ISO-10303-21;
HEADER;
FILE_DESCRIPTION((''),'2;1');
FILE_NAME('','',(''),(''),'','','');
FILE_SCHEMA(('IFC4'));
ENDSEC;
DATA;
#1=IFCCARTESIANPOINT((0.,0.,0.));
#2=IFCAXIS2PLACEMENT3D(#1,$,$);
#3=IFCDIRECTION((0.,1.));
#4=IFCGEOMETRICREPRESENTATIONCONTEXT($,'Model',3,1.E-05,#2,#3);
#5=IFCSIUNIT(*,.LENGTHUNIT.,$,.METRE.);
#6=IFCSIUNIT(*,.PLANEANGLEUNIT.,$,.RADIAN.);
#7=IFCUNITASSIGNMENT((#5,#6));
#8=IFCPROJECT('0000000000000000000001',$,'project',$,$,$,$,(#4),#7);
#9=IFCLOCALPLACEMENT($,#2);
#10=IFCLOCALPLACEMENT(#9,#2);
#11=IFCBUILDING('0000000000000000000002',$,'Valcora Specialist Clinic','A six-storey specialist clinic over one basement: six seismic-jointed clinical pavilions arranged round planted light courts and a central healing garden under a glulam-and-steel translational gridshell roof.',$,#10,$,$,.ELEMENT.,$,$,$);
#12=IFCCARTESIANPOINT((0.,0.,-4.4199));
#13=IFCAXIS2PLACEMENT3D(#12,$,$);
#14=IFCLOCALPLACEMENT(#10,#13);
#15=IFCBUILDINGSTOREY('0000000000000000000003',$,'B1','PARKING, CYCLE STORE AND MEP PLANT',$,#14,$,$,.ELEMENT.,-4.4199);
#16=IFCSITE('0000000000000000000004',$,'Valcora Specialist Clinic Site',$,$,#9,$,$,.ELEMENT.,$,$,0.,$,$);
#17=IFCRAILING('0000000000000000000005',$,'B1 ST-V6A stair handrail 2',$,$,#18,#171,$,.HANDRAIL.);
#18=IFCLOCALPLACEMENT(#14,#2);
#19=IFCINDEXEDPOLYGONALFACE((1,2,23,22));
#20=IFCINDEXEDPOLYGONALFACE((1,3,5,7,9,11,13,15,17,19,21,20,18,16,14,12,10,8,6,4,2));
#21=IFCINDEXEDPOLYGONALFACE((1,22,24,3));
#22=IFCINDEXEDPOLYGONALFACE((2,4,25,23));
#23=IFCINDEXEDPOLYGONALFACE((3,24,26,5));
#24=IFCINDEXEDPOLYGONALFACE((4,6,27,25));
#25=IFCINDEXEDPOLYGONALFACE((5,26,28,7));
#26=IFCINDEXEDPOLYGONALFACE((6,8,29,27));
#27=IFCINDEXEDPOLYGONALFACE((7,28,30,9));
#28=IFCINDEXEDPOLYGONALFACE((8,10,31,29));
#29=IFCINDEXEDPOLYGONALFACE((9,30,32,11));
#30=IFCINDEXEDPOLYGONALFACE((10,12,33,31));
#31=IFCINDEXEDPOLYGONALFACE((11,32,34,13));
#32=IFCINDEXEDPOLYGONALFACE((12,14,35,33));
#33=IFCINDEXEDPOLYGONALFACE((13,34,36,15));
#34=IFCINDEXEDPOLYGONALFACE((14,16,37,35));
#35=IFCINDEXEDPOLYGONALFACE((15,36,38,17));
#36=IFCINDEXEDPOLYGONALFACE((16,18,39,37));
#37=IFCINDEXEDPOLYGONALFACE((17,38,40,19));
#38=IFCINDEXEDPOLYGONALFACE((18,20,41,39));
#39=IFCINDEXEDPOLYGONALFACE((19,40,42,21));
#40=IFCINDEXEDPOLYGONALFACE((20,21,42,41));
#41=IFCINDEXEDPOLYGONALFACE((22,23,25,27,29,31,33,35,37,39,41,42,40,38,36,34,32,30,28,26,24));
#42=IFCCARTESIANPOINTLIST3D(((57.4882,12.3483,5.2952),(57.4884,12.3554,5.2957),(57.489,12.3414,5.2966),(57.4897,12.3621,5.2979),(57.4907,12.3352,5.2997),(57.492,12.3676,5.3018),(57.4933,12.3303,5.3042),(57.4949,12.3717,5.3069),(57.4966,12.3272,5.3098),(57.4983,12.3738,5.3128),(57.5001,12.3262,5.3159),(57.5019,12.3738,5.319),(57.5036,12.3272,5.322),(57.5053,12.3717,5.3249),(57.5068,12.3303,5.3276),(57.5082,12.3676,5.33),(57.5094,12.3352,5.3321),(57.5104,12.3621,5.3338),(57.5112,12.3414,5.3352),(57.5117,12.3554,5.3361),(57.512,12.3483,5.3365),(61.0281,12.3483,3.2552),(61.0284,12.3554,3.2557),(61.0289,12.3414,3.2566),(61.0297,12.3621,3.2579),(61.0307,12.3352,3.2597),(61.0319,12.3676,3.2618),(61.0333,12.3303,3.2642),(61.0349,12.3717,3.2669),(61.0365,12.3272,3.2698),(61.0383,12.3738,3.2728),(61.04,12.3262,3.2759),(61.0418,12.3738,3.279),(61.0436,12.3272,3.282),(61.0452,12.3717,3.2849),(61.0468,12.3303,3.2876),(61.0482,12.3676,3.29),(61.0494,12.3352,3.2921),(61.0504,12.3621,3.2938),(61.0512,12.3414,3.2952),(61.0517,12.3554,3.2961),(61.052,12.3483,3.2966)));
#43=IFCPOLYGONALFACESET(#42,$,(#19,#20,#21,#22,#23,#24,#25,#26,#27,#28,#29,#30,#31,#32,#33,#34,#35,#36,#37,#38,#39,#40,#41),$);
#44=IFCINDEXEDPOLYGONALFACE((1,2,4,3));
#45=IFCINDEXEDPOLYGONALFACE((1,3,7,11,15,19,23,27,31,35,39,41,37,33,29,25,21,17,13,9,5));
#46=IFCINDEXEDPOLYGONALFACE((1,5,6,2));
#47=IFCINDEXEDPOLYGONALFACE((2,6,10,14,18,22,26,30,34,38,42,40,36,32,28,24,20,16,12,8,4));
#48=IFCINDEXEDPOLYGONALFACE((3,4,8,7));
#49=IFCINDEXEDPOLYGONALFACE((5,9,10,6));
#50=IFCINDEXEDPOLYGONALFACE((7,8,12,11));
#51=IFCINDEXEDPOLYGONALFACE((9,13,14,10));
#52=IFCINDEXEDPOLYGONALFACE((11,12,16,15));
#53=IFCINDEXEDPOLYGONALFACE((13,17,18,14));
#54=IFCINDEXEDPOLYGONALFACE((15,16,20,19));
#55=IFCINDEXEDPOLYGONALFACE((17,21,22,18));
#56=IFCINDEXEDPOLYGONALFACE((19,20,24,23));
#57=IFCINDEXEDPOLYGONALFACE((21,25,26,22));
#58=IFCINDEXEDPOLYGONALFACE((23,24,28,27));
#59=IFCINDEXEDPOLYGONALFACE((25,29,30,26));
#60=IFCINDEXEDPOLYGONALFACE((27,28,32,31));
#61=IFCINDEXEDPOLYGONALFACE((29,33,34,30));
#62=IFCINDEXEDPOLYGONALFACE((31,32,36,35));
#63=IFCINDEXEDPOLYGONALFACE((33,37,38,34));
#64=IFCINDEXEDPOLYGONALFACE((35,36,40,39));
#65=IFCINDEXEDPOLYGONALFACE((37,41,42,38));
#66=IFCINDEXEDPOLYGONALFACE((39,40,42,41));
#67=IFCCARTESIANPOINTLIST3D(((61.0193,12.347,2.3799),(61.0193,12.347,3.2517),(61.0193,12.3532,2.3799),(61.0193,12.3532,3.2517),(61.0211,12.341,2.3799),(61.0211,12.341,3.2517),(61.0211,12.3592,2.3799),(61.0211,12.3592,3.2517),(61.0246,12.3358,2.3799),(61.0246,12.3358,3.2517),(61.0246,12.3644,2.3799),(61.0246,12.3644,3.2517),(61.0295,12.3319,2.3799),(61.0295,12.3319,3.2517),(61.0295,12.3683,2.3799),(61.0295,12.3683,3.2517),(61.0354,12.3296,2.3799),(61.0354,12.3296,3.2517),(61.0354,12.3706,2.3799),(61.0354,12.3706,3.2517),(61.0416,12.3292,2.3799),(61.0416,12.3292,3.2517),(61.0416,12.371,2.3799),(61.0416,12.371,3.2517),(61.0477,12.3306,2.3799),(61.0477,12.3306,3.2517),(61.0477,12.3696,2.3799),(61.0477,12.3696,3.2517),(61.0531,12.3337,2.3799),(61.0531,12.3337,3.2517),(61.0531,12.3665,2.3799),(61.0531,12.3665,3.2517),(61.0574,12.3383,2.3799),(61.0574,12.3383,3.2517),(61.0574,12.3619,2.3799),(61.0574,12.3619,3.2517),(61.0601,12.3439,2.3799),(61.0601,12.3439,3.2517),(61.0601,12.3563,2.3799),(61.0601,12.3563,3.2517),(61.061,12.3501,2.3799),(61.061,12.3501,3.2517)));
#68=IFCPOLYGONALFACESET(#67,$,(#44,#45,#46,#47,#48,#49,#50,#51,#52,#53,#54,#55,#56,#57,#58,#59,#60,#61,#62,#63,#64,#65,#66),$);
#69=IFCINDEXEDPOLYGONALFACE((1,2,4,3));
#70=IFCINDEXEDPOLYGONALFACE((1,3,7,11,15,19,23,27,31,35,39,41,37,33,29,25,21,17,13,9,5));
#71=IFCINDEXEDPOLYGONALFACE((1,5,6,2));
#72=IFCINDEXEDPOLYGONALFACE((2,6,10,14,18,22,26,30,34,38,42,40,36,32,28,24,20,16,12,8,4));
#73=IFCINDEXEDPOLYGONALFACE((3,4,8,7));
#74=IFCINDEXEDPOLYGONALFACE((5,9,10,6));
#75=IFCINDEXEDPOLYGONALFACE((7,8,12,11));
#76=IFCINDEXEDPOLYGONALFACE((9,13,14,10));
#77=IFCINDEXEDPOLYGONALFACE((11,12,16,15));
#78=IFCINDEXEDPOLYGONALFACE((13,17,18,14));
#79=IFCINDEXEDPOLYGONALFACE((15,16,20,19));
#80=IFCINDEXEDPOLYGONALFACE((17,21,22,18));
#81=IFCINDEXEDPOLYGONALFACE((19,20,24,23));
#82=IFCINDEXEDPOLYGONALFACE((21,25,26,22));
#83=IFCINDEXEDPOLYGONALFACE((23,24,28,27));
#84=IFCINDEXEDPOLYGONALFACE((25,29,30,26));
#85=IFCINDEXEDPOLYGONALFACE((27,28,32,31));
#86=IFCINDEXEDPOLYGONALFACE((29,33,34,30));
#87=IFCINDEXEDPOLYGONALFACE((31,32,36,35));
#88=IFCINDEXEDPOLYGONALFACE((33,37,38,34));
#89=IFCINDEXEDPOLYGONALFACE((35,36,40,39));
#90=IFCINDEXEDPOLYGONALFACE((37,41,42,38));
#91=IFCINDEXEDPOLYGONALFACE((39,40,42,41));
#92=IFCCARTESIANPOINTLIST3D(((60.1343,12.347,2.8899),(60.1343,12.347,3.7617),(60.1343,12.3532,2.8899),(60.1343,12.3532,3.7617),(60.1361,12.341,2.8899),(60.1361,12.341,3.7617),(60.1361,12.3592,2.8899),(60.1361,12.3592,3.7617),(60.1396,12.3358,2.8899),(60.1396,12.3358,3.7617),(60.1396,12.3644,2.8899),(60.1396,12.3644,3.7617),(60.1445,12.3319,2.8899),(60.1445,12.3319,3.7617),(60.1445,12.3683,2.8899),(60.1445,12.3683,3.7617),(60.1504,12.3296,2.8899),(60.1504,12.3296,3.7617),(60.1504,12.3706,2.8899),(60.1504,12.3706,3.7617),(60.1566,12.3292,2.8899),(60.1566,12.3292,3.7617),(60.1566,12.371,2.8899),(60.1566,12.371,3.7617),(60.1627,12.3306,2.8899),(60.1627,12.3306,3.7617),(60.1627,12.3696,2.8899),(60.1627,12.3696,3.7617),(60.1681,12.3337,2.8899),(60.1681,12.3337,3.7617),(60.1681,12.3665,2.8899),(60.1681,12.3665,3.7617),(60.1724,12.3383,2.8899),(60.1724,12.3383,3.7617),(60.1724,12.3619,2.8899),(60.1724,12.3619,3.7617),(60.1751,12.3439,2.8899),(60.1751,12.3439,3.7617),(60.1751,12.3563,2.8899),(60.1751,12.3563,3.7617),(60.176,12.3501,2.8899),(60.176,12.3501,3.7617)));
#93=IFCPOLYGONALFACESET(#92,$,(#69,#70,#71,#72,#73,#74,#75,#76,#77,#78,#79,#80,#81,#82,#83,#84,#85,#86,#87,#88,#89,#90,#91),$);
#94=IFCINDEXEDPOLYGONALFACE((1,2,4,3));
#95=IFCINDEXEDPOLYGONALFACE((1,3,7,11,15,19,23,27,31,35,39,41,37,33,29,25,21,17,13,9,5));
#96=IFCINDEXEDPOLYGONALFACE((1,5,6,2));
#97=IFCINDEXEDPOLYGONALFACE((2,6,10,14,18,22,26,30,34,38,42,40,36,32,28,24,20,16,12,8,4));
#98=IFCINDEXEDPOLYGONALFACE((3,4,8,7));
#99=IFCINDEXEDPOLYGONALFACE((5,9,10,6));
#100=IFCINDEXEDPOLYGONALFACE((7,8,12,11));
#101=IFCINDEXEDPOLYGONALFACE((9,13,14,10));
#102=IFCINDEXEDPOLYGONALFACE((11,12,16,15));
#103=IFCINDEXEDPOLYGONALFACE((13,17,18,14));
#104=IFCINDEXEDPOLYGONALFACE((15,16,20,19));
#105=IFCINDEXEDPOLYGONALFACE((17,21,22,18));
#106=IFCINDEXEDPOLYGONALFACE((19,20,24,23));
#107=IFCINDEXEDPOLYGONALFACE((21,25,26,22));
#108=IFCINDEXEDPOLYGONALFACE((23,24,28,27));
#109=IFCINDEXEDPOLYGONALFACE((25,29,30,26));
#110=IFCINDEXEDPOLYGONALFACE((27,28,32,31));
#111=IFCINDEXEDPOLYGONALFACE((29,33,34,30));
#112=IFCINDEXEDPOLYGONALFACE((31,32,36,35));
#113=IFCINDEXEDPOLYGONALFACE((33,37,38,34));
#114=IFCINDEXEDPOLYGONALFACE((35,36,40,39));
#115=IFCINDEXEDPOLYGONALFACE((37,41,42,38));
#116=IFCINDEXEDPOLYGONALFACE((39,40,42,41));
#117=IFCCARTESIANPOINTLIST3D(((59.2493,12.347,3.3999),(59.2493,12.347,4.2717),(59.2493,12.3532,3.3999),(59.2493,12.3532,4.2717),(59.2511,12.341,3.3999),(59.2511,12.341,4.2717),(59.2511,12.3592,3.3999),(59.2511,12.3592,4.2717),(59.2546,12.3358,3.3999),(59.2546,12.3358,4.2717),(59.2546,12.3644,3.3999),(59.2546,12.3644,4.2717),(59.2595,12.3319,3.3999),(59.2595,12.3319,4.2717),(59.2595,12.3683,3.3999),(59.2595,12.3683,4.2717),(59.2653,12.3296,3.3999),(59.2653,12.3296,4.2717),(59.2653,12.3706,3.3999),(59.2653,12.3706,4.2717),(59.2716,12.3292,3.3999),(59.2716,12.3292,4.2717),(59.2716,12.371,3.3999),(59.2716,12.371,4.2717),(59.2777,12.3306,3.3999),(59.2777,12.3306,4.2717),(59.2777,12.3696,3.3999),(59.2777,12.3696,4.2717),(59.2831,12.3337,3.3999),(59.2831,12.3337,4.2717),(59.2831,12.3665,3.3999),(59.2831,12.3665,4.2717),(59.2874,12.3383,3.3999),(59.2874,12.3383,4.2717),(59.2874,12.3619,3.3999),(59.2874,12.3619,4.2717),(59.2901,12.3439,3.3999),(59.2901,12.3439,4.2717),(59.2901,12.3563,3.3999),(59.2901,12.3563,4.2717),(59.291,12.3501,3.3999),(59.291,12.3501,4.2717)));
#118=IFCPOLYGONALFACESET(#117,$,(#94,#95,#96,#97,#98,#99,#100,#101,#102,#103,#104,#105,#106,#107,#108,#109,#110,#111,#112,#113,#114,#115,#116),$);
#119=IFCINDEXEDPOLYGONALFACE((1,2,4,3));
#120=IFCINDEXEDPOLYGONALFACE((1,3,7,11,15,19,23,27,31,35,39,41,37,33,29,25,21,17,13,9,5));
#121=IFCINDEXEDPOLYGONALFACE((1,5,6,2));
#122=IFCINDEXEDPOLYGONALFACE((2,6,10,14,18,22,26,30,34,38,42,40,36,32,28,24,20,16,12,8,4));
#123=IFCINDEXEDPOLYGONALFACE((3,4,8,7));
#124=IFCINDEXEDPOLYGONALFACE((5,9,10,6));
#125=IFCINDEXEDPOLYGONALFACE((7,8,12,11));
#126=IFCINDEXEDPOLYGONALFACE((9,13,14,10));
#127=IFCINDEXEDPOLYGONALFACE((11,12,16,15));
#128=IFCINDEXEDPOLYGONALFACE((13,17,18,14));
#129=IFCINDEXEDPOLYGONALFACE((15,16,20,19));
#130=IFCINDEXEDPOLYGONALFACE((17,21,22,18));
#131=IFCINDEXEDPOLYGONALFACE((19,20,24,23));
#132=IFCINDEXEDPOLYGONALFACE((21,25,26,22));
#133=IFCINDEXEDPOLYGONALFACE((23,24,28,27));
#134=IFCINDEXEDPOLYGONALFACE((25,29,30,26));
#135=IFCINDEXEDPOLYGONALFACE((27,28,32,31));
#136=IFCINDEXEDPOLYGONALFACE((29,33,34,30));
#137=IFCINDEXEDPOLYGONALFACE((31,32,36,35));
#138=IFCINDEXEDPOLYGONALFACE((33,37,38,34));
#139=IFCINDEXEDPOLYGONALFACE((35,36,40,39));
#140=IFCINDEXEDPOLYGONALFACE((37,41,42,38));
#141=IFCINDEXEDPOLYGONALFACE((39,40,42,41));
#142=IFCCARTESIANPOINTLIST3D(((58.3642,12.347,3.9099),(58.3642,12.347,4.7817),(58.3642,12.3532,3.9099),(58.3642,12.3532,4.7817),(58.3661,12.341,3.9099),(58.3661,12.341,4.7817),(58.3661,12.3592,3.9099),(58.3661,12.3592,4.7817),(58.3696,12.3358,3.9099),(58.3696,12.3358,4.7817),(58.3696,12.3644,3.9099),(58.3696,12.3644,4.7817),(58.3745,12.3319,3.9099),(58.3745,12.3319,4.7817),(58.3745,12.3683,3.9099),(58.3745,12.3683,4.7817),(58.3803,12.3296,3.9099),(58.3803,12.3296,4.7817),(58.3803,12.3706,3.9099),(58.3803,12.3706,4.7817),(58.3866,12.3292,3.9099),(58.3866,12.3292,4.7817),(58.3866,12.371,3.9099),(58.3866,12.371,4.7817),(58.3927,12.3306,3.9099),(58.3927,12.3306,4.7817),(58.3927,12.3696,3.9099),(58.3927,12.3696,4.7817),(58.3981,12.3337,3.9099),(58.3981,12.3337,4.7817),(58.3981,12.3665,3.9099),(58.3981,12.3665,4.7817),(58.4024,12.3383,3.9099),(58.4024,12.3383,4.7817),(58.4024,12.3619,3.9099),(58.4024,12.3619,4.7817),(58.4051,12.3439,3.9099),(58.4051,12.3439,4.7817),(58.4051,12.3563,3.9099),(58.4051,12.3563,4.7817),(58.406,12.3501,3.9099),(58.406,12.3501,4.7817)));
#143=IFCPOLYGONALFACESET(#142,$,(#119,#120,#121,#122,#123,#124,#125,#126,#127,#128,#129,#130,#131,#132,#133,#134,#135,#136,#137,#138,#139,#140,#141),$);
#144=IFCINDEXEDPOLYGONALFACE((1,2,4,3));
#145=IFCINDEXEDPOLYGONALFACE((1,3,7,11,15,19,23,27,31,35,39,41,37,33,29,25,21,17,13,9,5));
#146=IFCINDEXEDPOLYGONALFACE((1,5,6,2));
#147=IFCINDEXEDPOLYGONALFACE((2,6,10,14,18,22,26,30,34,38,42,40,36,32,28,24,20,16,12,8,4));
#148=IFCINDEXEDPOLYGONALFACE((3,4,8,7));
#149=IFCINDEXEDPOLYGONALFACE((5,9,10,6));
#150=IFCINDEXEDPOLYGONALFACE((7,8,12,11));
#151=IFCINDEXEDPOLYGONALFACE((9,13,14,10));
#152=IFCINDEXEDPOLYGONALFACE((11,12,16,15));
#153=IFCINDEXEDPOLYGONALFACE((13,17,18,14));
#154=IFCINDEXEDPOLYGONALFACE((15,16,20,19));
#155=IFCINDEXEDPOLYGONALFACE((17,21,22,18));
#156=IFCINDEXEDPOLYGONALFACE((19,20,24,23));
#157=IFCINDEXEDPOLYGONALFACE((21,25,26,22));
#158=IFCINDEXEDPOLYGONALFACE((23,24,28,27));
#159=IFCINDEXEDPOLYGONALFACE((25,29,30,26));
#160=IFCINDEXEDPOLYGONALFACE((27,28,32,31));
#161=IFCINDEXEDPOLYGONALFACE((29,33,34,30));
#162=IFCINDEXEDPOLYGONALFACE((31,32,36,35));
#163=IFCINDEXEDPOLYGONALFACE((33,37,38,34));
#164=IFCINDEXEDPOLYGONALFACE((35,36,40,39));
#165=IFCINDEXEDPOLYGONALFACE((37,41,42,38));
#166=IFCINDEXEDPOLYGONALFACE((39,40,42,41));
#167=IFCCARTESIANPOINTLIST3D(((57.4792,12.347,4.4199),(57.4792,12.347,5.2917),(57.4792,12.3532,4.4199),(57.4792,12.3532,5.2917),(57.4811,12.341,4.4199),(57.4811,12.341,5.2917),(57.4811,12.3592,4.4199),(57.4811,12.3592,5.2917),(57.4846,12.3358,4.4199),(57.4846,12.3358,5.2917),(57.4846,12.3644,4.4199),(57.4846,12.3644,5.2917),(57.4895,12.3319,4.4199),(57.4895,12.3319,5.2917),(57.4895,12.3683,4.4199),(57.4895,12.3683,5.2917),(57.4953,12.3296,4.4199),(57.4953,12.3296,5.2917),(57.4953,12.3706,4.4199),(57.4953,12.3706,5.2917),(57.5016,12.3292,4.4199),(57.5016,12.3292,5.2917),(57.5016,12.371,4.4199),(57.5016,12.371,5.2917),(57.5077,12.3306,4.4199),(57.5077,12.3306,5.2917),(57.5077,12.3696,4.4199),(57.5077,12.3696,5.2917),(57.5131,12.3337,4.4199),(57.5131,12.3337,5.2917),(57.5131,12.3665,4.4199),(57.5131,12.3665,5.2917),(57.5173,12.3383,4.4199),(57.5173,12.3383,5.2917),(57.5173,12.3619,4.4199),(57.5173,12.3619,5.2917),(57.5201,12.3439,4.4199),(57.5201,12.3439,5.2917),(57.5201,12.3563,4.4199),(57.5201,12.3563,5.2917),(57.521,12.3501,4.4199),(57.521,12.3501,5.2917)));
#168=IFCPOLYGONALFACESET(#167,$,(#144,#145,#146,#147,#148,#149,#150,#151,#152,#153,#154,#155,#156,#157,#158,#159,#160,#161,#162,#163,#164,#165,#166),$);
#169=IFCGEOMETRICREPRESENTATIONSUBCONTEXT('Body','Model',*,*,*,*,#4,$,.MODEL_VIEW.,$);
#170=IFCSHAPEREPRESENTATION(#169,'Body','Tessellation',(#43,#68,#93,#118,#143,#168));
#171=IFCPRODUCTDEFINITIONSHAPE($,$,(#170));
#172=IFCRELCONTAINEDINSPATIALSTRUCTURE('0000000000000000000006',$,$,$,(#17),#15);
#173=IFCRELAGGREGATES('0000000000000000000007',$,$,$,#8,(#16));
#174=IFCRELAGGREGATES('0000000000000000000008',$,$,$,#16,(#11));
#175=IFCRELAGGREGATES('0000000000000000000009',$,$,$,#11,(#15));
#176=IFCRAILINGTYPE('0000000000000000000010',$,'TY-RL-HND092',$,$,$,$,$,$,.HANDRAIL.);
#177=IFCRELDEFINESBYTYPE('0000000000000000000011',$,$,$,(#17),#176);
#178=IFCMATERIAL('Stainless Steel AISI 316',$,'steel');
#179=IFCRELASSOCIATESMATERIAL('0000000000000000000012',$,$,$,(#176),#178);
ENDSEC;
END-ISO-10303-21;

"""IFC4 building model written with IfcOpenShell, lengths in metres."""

from ifc_helpers import new_model, si_unit, direction, frame, origin, origin_2d, place, context, subcontext, project, spatial, circle, extrude, material, type_object, element, save


model = new_model("IFC4")

# Units and contexts
model_context = context("Model", 3, precision=1e-05, world=origin(), true_north=direction((0.0, 1.0)))
body_context = subcontext(model_context, "Body", "Model", "MODEL_VIEW")
ifc_project = project(units=[si_unit("LENGTHUNIT", "METRE"), si_unit("PLANEANGLEUNIT", "RADIAN")], contexts=[model_context])

# Site, building, storey
site_placement = place(None, origin())
site = spatial("IfcSite", under=ifc_project, at=site_placement, Name="Valcora Specialist Clinic Site", CompositionType="ELEMENT", RefElevation=0.0)
building_placement = place(site_placement, origin())
building = spatial("IfcBuilding", under=site, at=building_placement, Name="Valcora Specialist Clinic", Description="A six-storey specialist clinic over one basement: six seismic-jointed clinical pavilions arranged round planted light courts and a central healing garden under a glulam-and-steel translational gridshell roof.", CompositionType="ELEMENT")
storey_placement = place(building_placement, frame((0.0, 0.0, -4.4199)))
storey = spatial("IfcBuildingStorey", under=building, at=storey_placement, Name="B1", Description="PARKING, CYCLE STORE AND MEP PLANT", CompositionType="ELEMENT", Elevation=-4.4199)

# Shared definitions
ifc_material_1 = material(Name="Stainless Steel AISI 316", Category="steel")

# Railing
railing_type_1 = type_object("IfcRailingType", Name="TY-RL-HND092", PredefinedType="HANDRAIL", material=ifc_material_1)
railing_1_placement = place(storey_placement, frame((61.04, 12.3501, 2.3799)))
element("IfcRailing", 1, at=railing_1_placement, inside=storey, type_object=railing_type_1, Name="B1 ST-V6A stair handrail 2", PredefinedType="HANDRAIL", context=body_context, shape_type="SweptSolid", body=[
    extrude(circle(Radius=0.0239, at=origin_2d()), frame((0.0, 0.0, 0.896), z_axis=(-0.866428, 0.0, 0.499302), x_axis=(0.0, -1.0, 0.0)), (0.0, 0.0, 1.0), 4.0857),
    extrude(circle(Radius=0.021, at=origin_2d()), origin(), (0.0, 0.0, 1.0), 0.8718),
    extrude(circle(Radius=0.021, at=origin_2d()), frame((-0.885, 0.0, 0.51)), (0.0, 0.0, 1.0), 0.8718),
    extrude(circle(Radius=0.021, at=origin_2d()), frame((-1.77, 0.0, 1.02)), (0.0, 0.0, 1.0), 0.8718),
    extrude(circle(Radius=0.021, at=origin_2d()), frame((-2.655, 0.0, 1.53)), (0.0, 0.0, 1.0), 0.8718),
    extrude(circle(Radius=0.021, at=origin_2d()), frame((-3.54, 0.0, 2.04)), (0.0, 0.0, 1.0), 0.8718),
])

save(model, "model.ifc")
